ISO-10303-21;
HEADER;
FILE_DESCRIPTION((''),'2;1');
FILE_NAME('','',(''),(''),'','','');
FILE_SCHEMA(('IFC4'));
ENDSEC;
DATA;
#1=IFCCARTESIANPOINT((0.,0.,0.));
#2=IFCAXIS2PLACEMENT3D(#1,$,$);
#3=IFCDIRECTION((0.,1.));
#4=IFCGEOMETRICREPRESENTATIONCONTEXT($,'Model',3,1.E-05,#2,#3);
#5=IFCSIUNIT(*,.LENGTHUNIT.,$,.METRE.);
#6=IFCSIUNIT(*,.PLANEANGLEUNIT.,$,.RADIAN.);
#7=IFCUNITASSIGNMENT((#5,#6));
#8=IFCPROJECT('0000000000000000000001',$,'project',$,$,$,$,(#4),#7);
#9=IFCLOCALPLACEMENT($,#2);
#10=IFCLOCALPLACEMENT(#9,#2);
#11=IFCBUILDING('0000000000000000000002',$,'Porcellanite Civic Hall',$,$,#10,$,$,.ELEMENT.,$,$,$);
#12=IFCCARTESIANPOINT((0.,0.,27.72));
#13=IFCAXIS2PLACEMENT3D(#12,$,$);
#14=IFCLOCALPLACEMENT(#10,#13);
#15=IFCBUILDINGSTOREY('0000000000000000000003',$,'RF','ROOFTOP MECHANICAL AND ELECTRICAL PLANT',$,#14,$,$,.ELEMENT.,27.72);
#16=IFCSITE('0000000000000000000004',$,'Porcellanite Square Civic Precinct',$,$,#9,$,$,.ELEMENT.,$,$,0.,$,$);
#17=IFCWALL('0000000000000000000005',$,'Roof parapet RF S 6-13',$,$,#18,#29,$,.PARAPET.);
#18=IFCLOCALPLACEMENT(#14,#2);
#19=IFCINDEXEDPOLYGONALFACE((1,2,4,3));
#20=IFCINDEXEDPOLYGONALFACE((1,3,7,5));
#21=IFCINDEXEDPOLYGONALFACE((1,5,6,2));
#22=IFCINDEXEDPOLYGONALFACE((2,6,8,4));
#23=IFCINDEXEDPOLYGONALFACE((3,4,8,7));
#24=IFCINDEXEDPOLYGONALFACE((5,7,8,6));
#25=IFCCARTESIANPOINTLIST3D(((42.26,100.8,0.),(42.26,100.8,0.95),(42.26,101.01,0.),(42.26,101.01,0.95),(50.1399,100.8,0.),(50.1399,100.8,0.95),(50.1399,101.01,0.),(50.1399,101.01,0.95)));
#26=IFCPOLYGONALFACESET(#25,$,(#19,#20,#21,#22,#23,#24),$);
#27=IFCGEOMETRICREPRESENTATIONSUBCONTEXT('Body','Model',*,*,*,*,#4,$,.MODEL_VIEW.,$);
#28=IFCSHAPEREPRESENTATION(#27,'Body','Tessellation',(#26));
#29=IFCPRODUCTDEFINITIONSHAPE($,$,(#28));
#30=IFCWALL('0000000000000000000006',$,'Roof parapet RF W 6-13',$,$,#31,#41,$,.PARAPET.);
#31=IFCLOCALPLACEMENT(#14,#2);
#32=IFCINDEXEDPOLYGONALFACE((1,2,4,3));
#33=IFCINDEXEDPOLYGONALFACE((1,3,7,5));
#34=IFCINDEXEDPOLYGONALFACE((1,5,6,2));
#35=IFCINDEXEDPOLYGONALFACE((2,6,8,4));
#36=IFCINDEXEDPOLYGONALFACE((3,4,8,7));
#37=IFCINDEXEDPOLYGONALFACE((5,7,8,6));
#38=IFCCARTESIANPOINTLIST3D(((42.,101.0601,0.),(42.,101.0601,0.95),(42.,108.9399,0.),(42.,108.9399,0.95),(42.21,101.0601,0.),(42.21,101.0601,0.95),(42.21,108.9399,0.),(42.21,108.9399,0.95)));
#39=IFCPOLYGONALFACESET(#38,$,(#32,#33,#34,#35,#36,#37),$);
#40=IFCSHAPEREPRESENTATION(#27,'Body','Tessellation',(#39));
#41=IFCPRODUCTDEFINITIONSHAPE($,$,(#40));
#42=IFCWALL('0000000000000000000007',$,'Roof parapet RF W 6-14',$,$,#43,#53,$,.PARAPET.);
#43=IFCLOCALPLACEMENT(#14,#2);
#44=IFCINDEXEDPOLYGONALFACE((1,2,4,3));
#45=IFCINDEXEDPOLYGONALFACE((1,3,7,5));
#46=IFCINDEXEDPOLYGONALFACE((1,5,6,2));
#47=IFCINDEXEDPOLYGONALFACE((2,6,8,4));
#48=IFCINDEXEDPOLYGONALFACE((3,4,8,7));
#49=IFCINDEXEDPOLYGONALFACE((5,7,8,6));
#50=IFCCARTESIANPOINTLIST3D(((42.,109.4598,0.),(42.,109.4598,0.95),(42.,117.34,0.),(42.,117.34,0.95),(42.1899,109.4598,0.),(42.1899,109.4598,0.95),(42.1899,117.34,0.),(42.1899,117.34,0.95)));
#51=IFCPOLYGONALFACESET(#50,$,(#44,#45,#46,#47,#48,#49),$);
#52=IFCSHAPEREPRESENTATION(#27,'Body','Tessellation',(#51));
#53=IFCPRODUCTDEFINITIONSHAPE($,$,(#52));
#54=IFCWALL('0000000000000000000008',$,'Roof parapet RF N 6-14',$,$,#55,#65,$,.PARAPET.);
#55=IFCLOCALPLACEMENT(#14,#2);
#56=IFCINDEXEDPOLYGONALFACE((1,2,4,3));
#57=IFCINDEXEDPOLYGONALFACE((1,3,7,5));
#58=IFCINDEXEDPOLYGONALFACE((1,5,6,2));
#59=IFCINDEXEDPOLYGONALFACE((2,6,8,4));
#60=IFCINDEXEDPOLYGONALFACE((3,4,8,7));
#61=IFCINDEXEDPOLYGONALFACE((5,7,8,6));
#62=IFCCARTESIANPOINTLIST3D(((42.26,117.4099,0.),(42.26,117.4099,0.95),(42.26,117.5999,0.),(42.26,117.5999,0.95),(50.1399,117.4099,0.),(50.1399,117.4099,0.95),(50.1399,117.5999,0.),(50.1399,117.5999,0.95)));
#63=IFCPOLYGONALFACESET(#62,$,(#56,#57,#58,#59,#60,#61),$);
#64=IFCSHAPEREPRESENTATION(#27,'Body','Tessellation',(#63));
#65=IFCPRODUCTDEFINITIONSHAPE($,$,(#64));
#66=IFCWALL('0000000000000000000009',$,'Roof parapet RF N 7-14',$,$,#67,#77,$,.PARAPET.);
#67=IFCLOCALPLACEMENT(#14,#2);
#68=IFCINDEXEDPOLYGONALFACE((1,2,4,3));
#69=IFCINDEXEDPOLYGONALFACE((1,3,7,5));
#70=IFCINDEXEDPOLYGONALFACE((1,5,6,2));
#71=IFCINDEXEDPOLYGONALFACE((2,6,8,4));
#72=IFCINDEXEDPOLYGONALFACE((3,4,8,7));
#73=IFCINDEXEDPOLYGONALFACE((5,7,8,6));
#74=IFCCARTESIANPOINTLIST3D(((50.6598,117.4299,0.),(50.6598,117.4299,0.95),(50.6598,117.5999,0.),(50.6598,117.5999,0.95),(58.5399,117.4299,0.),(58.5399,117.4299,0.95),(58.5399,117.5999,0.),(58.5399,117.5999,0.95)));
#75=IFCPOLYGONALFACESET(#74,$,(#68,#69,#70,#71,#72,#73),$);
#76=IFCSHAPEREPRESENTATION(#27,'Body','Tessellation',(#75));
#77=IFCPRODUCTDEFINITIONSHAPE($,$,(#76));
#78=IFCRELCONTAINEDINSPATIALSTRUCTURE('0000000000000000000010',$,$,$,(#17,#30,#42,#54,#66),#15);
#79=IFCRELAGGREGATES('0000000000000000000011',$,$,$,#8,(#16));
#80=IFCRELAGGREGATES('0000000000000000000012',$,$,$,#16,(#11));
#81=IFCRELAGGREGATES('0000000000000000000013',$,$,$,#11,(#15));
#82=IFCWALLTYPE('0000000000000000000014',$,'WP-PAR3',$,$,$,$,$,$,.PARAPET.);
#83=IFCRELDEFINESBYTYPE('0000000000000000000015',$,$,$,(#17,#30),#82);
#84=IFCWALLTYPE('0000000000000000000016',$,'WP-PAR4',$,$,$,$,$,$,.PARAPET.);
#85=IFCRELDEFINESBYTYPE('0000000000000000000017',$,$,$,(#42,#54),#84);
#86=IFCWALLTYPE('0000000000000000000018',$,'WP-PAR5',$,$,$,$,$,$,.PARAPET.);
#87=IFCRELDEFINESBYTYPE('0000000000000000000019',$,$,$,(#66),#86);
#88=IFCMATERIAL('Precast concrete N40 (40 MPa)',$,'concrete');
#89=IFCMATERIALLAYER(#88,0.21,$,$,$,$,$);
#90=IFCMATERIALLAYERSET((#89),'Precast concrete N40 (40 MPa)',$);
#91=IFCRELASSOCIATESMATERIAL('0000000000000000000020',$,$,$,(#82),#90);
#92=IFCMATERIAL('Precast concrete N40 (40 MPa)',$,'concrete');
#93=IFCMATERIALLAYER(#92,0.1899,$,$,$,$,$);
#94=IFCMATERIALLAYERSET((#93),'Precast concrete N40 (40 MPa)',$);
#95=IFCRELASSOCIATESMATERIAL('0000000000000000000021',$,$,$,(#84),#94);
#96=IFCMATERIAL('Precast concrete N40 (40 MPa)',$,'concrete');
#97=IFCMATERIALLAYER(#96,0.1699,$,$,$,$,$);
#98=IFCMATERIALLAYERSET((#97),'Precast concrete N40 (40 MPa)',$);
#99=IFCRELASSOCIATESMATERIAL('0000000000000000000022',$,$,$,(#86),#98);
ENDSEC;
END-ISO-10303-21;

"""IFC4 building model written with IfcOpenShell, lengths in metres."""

from ifc_helpers import new_model, si_unit, direction, frame, frame_2d, origin, place, context, subcontext, project, spatial, rectangle, extrude, material, layer, layer_set, type_object, element, save


model = new_model("IFC4")

# Units and contexts
model_context = context("Model", 3, precision=1e-05, world=origin(), true_north=direction((0.0, 1.0)))
body_context = subcontext(model_context, "Body", "Model", "MODEL_VIEW")
ifc_project = project(units=[si_unit("LENGTHUNIT", "METRE"), si_unit("PLANEANGLEUNIT", "RADIAN")], contexts=[model_context])

# Site, building, storey
site_placement = place(None, origin())
site = spatial("IfcSite", under=ifc_project, at=site_placement, Name="Porcellanite Square Civic Precinct", CompositionType="ELEMENT", RefElevation=0.0)
building_placement = place(site_placement, origin())
building = spatial("IfcBuilding", under=site, at=building_placement, Name="Porcellanite Civic Hall", CompositionType="ELEMENT")
storey_placement = place(building_placement, frame((0.0, 0.0, 27.72)))
storey = spatial("IfcBuildingStorey", under=building, at=storey_placement, Name="RF", Description="ROOFTOP MECHANICAL AND ELECTRICAL PLANT", CompositionType="ELEMENT", Elevation=27.72)

# Walls
ifc_material_1 = material(Name="Precast concrete N40 (40 MPa)", Category="concrete")
ifc_layer_1 = layer(ifc_material_1, 0.21)
ifc_layer_set_1 = layer_set([ifc_layer_1], Name="Precast concrete N40 (40 MPa)")
wall_type_1 = type_object("IfcWallType", Name="WP-PAR3", PredefinedType="PARAPET", material=ifc_layer_set_1)
for number, where, z_axis, x_axis, name in (
    (1, (50.1399, 100.905, 0.0), (0.0, 0.0, 1.0), (-1.0, 0.0, 0.0), "Roof parapet RF S 6-13"),
    (2, (42.105, 101.0601, 0.0), (0.0, 0.0, 1.0), (0.0, 1.0, 0.0), "Roof parapet RF W 6-13"),
):
    element("IfcWall", number, at=place(storey_placement, frame(where, z_axis=z_axis, x_axis=x_axis)), inside=storey, type_object=wall_type_1, Name=name, PredefinedType="PARAPET", context=body_context, shape_type="SweptSolid", body=[
        extrude(rectangle(XDim=7.8799, YDim=0.21, at=frame_2d((3.9399, 0.0))), origin(), (0.0, 0.0, 1.0), 0.95),
    ])
ifc_material_2 = material(Name="Precast concrete N40 (40 MPa)", Category="concrete")
ifc_layer_2 = layer(ifc_material_2, 0.1899)
ifc_layer_set_2 = layer_set([ifc_layer_2], Name="Precast concrete N40 (40 MPa)")
wall_type_2 = type_object("IfcWallType", Name="WP-PAR4", PredefinedType="PARAPET", material=ifc_layer_set_2)
wall_1_placement = place(storey_placement, frame((42.095, 109.46, 0.0), z_axis=(0.0, 0.0, 1.0), x_axis=(0.0, 1.0, 0.0)))
element("IfcWall", 3, at=wall_1_placement, inside=storey, type_object=wall_type_2, Name="Roof parapet RF W 6-14", PredefinedType="PARAPET", context=body_context, shape_type="SweptSolid", body=[
    extrude(rectangle(XDim=7.8801, YDim=0.1899, at=frame_2d((3.9399, 0.0))), origin(), (0.0, 0.0, 1.0), 0.95),
])
wall_2_placement = place(storey_placement, frame((42.26, 117.5049, 0.0), z_axis=(0.0, 0.0, 1.0), x_axis=(1.0, 0.0, 0.0)))
element("IfcWall", 4, at=wall_2_placement, inside=storey, type_object=wall_type_2, Name="Roof parapet RF N 6-14", PredefinedType="PARAPET", context=body_context, shape_type="SweptSolid", body=[
    extrude(rectangle(XDim=7.8799, YDim=0.1899, at=frame_2d((3.9399, 0.0))), origin(), (0.0, 0.0, 1.0), 0.95),
])
ifc_material_3 = material(Name="Precast concrete N40 (40 MPa)", Category="concrete")
ifc_layer_3 = layer(ifc_material_3, 0.1699)
ifc_layer_set_3 = layer_set([ifc_layer_3], Name="Precast concrete N40 (40 MPa)")
wall_type_3 = type_object("IfcWallType", Name="WP-PAR5", PredefinedType="PARAPET", material=ifc_layer_set_3)
wall_3_placement = place(storey_placement, frame((50.6599, 117.5149, 0.0), z_axis=(0.0, 0.0, 1.0), x_axis=(1.0, 0.0, 0.0)))
element("IfcWall", 5, at=wall_3_placement, inside=storey, type_object=wall_type_3, Name="Roof parapet RF N 7-14", PredefinedType="PARAPET", context=body_context, shape_type="SweptSolid", body=[
    extrude(rectangle(XDim=7.8801, YDim=0.1699, at=frame_2d((3.9399, 0.0))), origin(), (0.0, 0.0, 1.0), 0.95),
])

save(model, "model.ifc")
